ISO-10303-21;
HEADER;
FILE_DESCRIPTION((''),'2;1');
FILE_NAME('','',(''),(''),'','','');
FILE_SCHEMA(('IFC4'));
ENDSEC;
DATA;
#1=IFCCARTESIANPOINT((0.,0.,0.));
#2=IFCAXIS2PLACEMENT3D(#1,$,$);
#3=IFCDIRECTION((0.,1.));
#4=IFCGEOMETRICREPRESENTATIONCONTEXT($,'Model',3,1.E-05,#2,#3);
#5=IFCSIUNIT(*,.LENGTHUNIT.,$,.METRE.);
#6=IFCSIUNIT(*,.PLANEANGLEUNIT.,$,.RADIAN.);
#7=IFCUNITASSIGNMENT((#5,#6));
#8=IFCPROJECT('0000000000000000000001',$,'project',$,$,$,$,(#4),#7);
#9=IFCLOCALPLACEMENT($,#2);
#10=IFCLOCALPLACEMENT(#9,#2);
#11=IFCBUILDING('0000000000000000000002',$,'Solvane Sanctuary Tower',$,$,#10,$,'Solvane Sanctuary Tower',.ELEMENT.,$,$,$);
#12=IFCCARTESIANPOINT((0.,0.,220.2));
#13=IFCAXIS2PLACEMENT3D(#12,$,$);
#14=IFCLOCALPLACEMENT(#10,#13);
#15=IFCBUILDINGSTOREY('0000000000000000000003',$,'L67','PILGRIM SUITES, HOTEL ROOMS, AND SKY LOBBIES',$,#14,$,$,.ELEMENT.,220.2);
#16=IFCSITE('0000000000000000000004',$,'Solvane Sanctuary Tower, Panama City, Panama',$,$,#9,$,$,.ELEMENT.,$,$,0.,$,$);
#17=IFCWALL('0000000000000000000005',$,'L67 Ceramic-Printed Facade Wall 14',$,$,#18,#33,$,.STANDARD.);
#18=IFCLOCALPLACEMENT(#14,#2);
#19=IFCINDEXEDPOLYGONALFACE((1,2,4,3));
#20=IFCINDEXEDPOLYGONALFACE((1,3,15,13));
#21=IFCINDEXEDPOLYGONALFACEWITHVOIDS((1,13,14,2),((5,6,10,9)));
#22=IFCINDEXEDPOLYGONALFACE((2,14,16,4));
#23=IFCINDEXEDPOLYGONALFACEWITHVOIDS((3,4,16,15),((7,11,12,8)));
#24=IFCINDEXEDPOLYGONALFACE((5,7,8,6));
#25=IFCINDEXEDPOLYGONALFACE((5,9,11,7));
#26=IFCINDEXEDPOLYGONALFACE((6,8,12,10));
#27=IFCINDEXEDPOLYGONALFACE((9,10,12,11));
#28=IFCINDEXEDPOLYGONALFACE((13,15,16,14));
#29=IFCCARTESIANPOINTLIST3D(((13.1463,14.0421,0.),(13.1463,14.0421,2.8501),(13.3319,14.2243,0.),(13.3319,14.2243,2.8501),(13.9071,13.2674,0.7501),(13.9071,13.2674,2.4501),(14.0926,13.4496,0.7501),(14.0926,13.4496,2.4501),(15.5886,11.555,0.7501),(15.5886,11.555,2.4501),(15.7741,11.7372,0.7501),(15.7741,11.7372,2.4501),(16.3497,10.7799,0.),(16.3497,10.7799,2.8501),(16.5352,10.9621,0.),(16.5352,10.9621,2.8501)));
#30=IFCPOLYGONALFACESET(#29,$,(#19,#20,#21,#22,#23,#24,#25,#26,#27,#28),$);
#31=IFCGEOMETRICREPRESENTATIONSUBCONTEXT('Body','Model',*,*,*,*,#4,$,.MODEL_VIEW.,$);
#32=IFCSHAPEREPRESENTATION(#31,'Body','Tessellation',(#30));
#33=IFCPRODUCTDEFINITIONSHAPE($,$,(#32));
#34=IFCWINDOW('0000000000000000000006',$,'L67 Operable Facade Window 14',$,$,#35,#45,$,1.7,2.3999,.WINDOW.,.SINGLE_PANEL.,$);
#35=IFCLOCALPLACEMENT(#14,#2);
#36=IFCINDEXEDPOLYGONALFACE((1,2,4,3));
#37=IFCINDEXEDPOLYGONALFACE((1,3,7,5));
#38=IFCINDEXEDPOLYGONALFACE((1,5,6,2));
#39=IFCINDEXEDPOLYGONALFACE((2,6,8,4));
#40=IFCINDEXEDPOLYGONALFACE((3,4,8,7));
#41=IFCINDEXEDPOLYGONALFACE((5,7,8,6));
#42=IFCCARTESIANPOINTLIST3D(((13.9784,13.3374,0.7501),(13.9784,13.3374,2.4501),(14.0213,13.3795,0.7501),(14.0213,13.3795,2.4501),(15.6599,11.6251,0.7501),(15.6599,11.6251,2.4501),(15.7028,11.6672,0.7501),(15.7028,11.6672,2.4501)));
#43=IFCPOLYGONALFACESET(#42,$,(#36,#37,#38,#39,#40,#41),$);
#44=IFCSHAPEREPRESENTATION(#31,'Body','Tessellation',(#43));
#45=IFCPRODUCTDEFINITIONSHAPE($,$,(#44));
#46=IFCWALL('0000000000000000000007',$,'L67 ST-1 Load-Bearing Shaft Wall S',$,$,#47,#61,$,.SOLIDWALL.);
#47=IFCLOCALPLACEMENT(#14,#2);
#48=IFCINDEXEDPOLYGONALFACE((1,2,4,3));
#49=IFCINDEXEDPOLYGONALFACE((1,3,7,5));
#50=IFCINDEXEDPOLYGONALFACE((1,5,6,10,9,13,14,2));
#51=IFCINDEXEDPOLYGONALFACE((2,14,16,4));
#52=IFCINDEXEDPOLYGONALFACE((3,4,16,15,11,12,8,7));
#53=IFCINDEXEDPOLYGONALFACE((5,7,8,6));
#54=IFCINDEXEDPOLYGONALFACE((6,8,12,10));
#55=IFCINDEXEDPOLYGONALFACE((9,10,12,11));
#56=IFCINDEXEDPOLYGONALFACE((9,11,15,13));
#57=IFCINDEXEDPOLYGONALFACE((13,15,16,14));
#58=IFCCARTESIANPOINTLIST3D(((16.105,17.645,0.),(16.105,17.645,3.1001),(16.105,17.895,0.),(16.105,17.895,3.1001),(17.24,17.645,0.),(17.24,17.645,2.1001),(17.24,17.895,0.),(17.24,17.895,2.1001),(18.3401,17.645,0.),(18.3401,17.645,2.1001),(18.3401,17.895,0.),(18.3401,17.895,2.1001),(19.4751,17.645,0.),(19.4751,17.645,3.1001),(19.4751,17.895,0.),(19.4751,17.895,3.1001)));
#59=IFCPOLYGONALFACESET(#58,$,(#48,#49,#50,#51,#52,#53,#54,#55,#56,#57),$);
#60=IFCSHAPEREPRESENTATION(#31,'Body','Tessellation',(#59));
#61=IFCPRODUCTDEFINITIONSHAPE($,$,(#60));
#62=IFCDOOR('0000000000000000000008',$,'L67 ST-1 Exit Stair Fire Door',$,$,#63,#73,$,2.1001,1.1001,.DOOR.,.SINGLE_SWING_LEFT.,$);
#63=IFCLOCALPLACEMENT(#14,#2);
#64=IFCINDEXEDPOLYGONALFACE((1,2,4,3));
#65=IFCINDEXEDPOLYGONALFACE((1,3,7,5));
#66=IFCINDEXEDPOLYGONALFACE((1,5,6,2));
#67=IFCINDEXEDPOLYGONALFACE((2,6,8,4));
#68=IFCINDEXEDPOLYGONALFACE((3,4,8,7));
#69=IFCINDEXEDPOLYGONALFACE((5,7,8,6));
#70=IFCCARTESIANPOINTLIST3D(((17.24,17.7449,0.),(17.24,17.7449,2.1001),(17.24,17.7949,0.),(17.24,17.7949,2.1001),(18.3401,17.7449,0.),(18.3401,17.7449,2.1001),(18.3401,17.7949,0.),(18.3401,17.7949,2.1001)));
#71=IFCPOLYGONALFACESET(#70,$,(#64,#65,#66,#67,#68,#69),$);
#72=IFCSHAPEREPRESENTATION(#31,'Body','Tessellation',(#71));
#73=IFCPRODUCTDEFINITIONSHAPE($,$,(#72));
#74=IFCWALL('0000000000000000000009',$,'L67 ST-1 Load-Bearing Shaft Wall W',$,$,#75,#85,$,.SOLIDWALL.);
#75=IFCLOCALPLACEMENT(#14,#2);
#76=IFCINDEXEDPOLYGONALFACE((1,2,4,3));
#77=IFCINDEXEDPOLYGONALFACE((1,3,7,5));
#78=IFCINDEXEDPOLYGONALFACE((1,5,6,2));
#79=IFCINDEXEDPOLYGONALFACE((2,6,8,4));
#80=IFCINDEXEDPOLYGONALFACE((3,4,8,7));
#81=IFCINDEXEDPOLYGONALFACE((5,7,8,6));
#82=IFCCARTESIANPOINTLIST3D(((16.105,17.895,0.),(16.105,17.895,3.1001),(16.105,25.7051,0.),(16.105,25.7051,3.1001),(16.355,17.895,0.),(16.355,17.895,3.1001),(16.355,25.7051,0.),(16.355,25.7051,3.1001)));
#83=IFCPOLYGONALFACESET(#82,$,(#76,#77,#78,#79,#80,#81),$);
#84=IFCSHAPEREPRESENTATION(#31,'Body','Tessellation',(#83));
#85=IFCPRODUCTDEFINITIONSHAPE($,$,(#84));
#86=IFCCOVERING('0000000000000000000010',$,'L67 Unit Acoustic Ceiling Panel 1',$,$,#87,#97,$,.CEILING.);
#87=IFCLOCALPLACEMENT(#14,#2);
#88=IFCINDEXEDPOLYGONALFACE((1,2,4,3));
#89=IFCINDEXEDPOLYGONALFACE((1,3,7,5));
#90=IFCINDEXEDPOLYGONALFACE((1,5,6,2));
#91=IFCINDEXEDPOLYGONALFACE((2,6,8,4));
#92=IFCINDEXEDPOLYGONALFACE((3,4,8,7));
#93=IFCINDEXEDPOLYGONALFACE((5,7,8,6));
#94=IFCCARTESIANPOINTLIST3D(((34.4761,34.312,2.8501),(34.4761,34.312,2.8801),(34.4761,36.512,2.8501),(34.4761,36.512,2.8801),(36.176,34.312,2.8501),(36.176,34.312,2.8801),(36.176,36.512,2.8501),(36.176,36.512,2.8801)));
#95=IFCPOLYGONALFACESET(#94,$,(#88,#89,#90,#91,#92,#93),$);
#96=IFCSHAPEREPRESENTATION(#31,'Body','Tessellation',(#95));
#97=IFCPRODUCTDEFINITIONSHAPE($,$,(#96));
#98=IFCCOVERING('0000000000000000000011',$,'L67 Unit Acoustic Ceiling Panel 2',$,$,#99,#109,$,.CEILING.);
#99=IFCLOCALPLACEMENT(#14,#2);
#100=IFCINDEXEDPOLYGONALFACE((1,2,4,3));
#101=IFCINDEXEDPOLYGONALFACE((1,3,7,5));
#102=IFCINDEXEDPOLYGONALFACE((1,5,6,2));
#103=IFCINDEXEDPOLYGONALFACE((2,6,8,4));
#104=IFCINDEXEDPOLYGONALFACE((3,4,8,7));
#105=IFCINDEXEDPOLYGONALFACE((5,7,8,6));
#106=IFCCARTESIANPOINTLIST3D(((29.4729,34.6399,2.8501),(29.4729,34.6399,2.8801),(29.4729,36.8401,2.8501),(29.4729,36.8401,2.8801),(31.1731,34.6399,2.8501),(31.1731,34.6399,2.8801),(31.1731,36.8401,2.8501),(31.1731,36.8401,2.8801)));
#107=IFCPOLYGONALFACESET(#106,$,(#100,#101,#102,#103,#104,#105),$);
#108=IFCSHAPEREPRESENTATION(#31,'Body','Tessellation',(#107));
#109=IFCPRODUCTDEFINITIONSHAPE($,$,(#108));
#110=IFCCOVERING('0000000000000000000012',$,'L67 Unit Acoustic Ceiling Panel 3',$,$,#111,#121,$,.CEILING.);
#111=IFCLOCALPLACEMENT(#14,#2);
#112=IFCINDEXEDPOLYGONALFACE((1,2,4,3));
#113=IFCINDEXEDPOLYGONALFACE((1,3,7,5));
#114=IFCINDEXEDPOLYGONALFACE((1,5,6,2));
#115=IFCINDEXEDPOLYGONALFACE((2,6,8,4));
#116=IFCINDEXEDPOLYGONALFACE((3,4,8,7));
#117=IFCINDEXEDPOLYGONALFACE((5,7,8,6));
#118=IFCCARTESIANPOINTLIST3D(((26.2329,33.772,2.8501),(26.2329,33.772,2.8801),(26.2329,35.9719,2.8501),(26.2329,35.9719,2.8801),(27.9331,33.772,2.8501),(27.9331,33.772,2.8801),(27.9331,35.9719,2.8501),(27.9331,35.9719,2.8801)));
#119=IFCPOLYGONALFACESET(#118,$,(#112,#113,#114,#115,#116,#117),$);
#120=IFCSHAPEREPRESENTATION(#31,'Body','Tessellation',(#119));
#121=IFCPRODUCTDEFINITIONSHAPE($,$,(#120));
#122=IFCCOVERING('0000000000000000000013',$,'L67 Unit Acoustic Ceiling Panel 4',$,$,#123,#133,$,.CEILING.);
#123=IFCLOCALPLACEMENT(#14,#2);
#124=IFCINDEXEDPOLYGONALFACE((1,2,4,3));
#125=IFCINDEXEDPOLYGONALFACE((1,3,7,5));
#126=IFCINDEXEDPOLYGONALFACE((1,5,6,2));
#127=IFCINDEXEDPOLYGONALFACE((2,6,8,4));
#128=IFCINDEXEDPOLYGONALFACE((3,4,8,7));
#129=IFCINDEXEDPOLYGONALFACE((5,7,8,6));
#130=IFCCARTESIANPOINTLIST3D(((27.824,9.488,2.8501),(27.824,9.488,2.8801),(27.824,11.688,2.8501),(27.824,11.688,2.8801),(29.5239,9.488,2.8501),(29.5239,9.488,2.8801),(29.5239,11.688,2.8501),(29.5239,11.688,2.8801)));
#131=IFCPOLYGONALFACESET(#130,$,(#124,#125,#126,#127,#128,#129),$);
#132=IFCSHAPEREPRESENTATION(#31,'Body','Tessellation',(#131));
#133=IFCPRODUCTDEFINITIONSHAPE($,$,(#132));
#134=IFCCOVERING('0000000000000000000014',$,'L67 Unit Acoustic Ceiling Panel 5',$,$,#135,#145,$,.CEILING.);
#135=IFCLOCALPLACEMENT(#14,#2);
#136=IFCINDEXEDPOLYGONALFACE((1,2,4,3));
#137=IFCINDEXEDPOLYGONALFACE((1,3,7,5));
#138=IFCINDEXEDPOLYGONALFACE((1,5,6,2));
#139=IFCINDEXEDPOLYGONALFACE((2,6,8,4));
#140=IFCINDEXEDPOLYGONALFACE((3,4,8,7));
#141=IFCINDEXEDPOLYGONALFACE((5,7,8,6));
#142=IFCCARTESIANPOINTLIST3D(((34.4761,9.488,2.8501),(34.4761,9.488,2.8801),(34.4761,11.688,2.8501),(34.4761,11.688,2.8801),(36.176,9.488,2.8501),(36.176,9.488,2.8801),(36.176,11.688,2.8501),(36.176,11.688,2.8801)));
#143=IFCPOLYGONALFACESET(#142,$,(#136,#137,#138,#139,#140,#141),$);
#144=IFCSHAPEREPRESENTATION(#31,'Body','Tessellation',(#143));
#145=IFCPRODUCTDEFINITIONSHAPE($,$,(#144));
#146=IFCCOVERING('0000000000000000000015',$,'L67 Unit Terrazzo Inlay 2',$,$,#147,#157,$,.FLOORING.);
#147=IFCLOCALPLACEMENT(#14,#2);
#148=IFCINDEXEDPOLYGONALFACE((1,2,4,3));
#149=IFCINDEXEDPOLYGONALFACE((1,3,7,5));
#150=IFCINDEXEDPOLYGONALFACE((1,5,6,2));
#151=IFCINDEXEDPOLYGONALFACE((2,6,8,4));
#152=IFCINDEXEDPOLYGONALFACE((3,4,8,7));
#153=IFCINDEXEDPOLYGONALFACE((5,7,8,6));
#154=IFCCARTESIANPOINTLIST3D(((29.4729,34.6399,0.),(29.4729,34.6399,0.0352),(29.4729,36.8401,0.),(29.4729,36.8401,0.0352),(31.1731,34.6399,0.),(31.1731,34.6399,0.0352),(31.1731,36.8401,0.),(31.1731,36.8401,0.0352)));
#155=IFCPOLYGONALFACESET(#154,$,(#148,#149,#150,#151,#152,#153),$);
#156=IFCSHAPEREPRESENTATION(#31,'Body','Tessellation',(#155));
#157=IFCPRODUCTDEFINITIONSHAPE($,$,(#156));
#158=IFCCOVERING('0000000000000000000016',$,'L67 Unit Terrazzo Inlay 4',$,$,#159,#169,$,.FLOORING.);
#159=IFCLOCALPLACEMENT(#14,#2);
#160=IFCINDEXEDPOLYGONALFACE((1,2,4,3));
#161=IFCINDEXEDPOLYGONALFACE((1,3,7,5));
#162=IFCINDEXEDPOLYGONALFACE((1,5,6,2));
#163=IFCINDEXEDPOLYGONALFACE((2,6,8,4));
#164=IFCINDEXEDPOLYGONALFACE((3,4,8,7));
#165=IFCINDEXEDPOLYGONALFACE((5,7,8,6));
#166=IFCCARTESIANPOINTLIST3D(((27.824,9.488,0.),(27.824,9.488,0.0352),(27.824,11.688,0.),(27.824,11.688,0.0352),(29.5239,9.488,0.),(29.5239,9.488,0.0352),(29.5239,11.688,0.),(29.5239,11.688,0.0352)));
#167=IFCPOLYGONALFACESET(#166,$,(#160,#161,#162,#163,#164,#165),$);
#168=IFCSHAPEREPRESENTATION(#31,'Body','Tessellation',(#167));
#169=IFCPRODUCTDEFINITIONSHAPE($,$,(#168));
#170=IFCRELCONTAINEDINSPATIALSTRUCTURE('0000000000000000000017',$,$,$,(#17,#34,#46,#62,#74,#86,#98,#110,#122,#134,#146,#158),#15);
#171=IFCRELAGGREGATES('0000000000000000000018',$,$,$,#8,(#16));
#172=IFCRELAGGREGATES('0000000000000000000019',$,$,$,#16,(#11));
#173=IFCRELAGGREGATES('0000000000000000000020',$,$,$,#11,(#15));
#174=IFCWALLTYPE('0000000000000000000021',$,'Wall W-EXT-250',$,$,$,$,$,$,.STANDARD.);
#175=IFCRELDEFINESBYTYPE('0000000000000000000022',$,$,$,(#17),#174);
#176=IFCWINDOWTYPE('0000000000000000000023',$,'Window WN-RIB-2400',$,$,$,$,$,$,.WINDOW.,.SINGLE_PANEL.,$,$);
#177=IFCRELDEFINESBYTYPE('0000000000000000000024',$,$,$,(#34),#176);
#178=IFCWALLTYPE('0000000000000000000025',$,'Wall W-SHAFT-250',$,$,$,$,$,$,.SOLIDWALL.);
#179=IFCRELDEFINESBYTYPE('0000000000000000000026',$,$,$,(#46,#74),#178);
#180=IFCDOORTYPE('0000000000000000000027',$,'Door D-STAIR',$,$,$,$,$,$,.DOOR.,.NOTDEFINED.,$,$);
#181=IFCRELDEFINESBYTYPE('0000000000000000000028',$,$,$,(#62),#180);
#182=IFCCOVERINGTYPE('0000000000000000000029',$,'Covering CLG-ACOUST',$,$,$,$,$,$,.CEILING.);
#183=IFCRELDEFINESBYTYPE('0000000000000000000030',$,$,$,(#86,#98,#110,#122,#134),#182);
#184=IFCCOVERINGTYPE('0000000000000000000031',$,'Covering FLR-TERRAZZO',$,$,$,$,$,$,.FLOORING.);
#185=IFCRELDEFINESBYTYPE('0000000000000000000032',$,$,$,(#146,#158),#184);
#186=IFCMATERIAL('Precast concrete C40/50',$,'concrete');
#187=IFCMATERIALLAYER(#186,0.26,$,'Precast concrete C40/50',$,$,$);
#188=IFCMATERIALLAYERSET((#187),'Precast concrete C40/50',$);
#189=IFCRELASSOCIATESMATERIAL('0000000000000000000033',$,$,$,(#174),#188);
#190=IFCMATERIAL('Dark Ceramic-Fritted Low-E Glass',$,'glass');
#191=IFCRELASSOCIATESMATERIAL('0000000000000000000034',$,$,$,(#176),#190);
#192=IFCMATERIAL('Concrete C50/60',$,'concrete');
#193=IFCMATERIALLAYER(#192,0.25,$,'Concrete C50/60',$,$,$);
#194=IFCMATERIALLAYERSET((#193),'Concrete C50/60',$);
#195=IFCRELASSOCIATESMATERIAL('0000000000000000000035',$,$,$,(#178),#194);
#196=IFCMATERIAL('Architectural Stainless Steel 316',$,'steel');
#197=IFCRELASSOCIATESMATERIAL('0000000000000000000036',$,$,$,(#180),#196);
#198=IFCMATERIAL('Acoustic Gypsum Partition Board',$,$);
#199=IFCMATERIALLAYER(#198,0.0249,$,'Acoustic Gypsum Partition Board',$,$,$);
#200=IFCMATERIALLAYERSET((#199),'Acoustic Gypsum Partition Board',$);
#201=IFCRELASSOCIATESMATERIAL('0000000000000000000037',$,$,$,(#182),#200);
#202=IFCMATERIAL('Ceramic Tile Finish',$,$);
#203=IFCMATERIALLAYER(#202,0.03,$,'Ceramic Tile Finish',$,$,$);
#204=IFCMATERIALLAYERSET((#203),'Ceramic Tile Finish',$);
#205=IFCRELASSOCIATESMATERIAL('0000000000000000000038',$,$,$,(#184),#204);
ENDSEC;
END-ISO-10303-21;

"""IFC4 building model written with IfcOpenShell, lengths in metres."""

from ifc_helpers import new_model, si_unit, direction, frame, frame_2d, origin, place, context, subcontext, project, spatial, polyline, rectangle, outline, extrude, material, layer, layer_set, type_object, element, fill, save


model = new_model("IFC4")

# Units and contexts
model_context = context("Model", 3, precision=1e-05, world=origin(), true_north=direction((0.0, 1.0)))
body_context = subcontext(model_context, "Body", "Model", "MODEL_VIEW")
ifc_project = project(units=[si_unit("LENGTHUNIT", "METRE"), si_unit("PLANEANGLEUNIT", "RADIAN")], contexts=[model_context])

# Site, building, storey
site_placement = place(None, origin())
site = spatial("IfcSite", under=ifc_project, at=site_placement, Name="Solvane Sanctuary Tower, Panama City, Panama", CompositionType="ELEMENT", RefElevation=0.0)
building_placement = place(site_placement, origin())
building = spatial("IfcBuilding", under=site, at=building_placement, Name="Solvane Sanctuary Tower", LongName="Solvane Sanctuary Tower", CompositionType="ELEMENT")
storey_placement = place(building_placement, frame((0.0, 0.0, 220.2)))
storey = spatial("IfcBuildingStorey", under=building, at=storey_placement, Name="L67", Description="PILGRIM SUITES, HOTEL ROOMS, AND SKY LOBBIES", CompositionType="ELEMENT", Elevation=220.2)

# Shared definitions
ifc_material_1 = material(Name="Precast concrete C40/50", Category="concrete")

# Shared definitions
ifc_material_2 = material(Name="Concrete C50/60", Category="concrete")

# Shared definitions
ifc_material_3 = material(Name="Acoustic Gypsum Partition Board")

# Wall, opening, window
ifc_layer_1 = layer(ifc_material_1, 0.26, Name="Precast concrete C40/50")
ifc_layer_set_1 = layer_set([ifc_layer_1], Name="Precast concrete C40/50")
wall_type_1 = type_object("IfcWallType", Name="Wall W-EXT-250", PredefinedType="STANDARD", material=ifc_layer_set_1)
ifc_material_4 = material(Name="Dark Ceramic-Fritted Low-E Glass", Category="glass")
wall_1_placement = place(storey_placement, frame((13.239, 14.1333, 0.0), z_axis=(0.0, 0.0, 1.0), x_axis=(0.700643, -0.713512, 0.0)))
wall_1 = element("IfcWall", 1, at=wall_1_placement, inside=storey, type_object=wall_type_1, Name="L67 Ceramic-Printed Facade Wall 14", PredefinedType="STANDARD", context=body_context, shape_type="SweptSolid", body=[
    extrude(rectangle(XDim=4.572, YDim=0.26, at=frame_2d((2.2861, 0.0))), origin(), (0.0, 0.0, 1.0), 2.8501),
])
opening_1_placement = place(wall_1_placement, frame((1.0859, 0.0, 0.75)))
opening_1 = element("IfcOpeningElement", 2, at=opening_1_placement, cuts=wall_1, PredefinedType="OPENING", context=body_context, shape_type="SweptSolid", body=[
    extrude(rectangle(XDim=2.3999, YDim=1.7, at=frame_2d((1.2, 0.8501))), frame((0.0, 0.1399, 0.0), z_axis=(0.0, -1.0, 0.0), x_axis=(1.0, 0.0, 0.0)), (0.0, 0.0, 1.0), 0.28),
])
window_type_1 = type_object("IfcWindowType", Name="Window WN-RIB-2400", PartitioningType="SINGLE_PANEL", PredefinedType="WINDOW", material=ifc_material_4)
window_1_placement = place(opening_1_placement, origin())
window_1 = element("IfcWindow", 3, at=window_1_placement, inside=storey, type_object=window_type_1, Name="L67 Operable Facade Window 14", OverallHeight=1.7, OverallWidth=2.3999, PartitioningType="SINGLE_PANEL", PredefinedType="WINDOW", context=body_context, shape_type="SweptSolid", body=[
    extrude(rectangle(XDim=2.3999, YDim=1.7, at=frame_2d((1.2, 0.8501))), frame((0.0, 0.03, 0.0), z_axis=(0.0, -1.0, 0.0), x_axis=(1.0, 0.0, 0.0)), (0.0, 0.0, 1.0), 0.0601),
])
fill(opening_1, window_1)

# Wall, opening, door
ifc_layer_2 = layer(ifc_material_2, 0.25, Name="Concrete C50/60")
ifc_layer_set_2 = layer_set([ifc_layer_2], Name="Concrete C50/60")
wall_type_2 = type_object("IfcWallType", Name="Wall W-SHAFT-250", PredefinedType="SOLIDWALL", material=ifc_layer_set_2)
wall_2_placement = place(storey_placement, frame((16.105, 17.77, 0.0), z_axis=(0.0, 0.0, 1.0), x_axis=(1.0, 0.0, 0.0)))
wall_2 = element("IfcWall", 4, at=wall_2_placement, inside=storey, type_object=wall_type_2, Name="L67 ST-1 Load-Bearing Shaft Wall S", PredefinedType="SOLIDWALL", context=body_context, shape_type="SweptSolid", body=[
    extrude(rectangle(XDim=3.3701, YDim=0.25, at=frame_2d((1.6851, 0.0))), origin(), (0.0, 0.0, 1.0), 3.1001),
])
opening_2_placement = place(wall_2_placement, frame((1.135, 0.0, 0.0)))
opening_2 = element("IfcOpeningElement", 5, at=opening_2_placement, cuts=wall_2, PredefinedType="OPENING", context=body_context, shape_type="SweptSolid", body=[
    extrude(rectangle(XDim=1.1001, YDim=2.1001, at=frame_2d((0.55, 1.05))), frame((0.0, 0.135, 0.0), z_axis=(0.0, -1.0, 0.0), x_axis=(1.0, 0.0, 0.0)), (0.0, 0.0, 1.0), 0.27),
])
ifc_material_5 = material(Name="Architectural Stainless Steel 316", Category="steel")
door_type_1 = type_object("IfcDoorType", Name="Door D-STAIR", OperationType="NOTDEFINED", PredefinedType="DOOR", material=ifc_material_5)
door_1_placement = place(opening_2_placement, origin())
door_1 = element("IfcDoor", 6, at=door_1_placement, inside=storey, type_object=door_type_1, Name="L67 ST-1 Exit Stair Fire Door", OperationType="SINGLE_SWING_LEFT", OverallHeight=2.1001, OverallWidth=1.1001, PredefinedType="DOOR", context=body_context, shape_type="SweptSolid", body=[
    extrude(rectangle(XDim=1.1001, YDim=2.1001, at=frame_2d((0.55, 1.05))), frame((0.0, 0.0249, 0.0), z_axis=(0.0, -1.0, 0.0), x_axis=(1.0, 0.0, 0.0)), (0.0, 0.0, 1.0), 0.05),
])
fill(opening_2, door_1)

# Wall
wall_3_placement = place(storey_placement, frame((16.23, 17.895, 0.0), z_axis=(0.0, 0.0, 1.0), x_axis=(0.0, 1.0, 0.0)))
element("IfcWall", 7, at=wall_3_placement, inside=storey, type_object=wall_type_2, Name="L67 ST-1 Load-Bearing Shaft Wall W", PredefinedType="SOLIDWALL", context=body_context, shape_type="SweptSolid", body=[
    extrude(rectangle(XDim=7.8101, YDim=0.25, at=frame_2d((3.905, 0.0))), origin(), (0.0, 0.0, 1.0), 3.1001),
])

# Coverings
ifc_layer_3 = layer(ifc_material_3, 0.0249, Name="Acoustic Gypsum Partition Board")
ifc_layer_set_3 = layer_set([ifc_layer_3], Name="Acoustic Gypsum Partition Board")
covering_type_1 = type_object("IfcCoveringType", Name="Covering CLG-ACOUST", PredefinedType="CEILING", material=ifc_layer_set_3)
covering_1_placement = place(storey_placement, frame((0.0, 0.0, 2.8501)))
element("IfcCovering", 8, at=covering_1_placement, inside=storey, type_object=covering_type_1, Name="L67 Unit Acoustic Ceiling Panel 1", PredefinedType="CEILING", context=body_context, shape_type="SweptSolid", body=[
    extrude(outline(polyline([(34.4761, 34.312), (36.176, 34.312), (36.176, 36.512), (34.4761, 36.512), (34.4761, 34.312)])), origin(), (0.0, 0.0, 1.0), 0.03),
])
covering_2_placement = place(storey_placement, frame((0.0, 0.0, 2.8501)))
element("IfcCovering", 9, at=covering_2_placement, inside=storey, type_object=covering_type_1, Name="L67 Unit Acoustic Ceiling Panel 2", PredefinedType="CEILING", context=body_context, shape_type="SweptSolid", body=[
    extrude(outline(polyline([(29.4729, 34.6399), (31.1731, 34.6399), (31.1731, 36.8401), (29.4729, 36.8401), (29.4729, 34.6399)])), origin(), (0.0, 0.0, 1.0), 0.03),
])
covering_3_placement = place(storey_placement, frame((0.0, 0.0, 2.8501)))
element("IfcCovering", 10, at=covering_3_placement, inside=storey, type_object=covering_type_1, Name="L67 Unit Acoustic Ceiling Panel 3", PredefinedType="CEILING", context=body_context, shape_type="SweptSolid", body=[
    extrude(outline(polyline([(26.2329, 33.772), (27.9331, 33.772), (27.9331, 35.9719), (26.2329, 35.9719), (26.2329, 33.772)])), origin(), (0.0, 0.0, 1.0), 0.03),
])
covering_4_placement = place(storey_placement, frame((0.0, 0.0, 2.8501)))
element("IfcCovering", 11, at=covering_4_placement, inside=storey, type_object=covering_type_1, Name="L67 Unit Acoustic Ceiling Panel 4", PredefinedType="CEILING", context=body_context, shape_type="SweptSolid", body=[
    extrude(outline(polyline([(27.824, 9.488), (29.5239, 9.488), (29.5239, 11.688), (27.824, 11.688), (27.824, 9.488)])), origin(), (0.0, 0.0, 1.0), 0.03),
])
covering_5_placement = place(storey_placement, frame((0.0, 0.0, 2.8501)))
element("IfcCovering", 12, at=covering_5_placement, inside=storey, type_object=covering_type_1, Name="L67 Unit Acoustic Ceiling Panel 5", PredefinedType="CEILING", context=body_context, shape_type="SweptSolid", body=[
    extrude(outline(polyline([(34.4761, 9.488), (36.176, 9.488), (36.176, 11.688), (34.4761, 11.688), (34.4761, 9.488)])), origin(), (0.0, 0.0, 1.0), 0.03),
])
ifc_material_6 = material(Name="Ceramic Tile Finish")
ifc_layer_4 = layer(ifc_material_6, 0.03, Name="Ceramic Tile Finish")
ifc_layer_set_4 = layer_set([ifc_layer_4], Name="Ceramic Tile Finish")
covering_type_2 = type_object("IfcCoveringType", Name="Covering FLR-TERRAZZO", PredefinedType="FLOORING", material=ifc_layer_set_4)
covering_6_placement = place(storey_placement, origin())
element("IfcCovering", 13, at=covering_6_placement, inside=storey, type_object=covering_type_2, Name="L67 Unit Terrazzo Inlay 2", PredefinedType="FLOORING", context=body_context, shape_type="SweptSolid", body=[
    extrude(outline(polyline([(29.4729, 34.6399), (31.1731, 34.6399), (31.1731, 36.8401), (29.4729, 36.8401), (29.4729, 34.6399)])), origin(), (0.0, 0.0, 1.0), 0.0352),
])
covering_7_placement = place(storey_placement, origin())
element("IfcCovering", 14, at=covering_7_placement, inside=storey, type_object=covering_type_2, Name="L67 Unit Terrazzo Inlay 4", PredefinedType="FLOORING", context=body_context, shape_type="SweptSolid", body=[
    extrude(outline(polyline([(27.824, 9.488), (29.5239, 9.488), (29.5239, 11.688), (27.824, 11.688), (27.824, 9.488)])), origin(), (0.0, 0.0, 1.0), 0.0352),
])

save(model, "model.ifc")
